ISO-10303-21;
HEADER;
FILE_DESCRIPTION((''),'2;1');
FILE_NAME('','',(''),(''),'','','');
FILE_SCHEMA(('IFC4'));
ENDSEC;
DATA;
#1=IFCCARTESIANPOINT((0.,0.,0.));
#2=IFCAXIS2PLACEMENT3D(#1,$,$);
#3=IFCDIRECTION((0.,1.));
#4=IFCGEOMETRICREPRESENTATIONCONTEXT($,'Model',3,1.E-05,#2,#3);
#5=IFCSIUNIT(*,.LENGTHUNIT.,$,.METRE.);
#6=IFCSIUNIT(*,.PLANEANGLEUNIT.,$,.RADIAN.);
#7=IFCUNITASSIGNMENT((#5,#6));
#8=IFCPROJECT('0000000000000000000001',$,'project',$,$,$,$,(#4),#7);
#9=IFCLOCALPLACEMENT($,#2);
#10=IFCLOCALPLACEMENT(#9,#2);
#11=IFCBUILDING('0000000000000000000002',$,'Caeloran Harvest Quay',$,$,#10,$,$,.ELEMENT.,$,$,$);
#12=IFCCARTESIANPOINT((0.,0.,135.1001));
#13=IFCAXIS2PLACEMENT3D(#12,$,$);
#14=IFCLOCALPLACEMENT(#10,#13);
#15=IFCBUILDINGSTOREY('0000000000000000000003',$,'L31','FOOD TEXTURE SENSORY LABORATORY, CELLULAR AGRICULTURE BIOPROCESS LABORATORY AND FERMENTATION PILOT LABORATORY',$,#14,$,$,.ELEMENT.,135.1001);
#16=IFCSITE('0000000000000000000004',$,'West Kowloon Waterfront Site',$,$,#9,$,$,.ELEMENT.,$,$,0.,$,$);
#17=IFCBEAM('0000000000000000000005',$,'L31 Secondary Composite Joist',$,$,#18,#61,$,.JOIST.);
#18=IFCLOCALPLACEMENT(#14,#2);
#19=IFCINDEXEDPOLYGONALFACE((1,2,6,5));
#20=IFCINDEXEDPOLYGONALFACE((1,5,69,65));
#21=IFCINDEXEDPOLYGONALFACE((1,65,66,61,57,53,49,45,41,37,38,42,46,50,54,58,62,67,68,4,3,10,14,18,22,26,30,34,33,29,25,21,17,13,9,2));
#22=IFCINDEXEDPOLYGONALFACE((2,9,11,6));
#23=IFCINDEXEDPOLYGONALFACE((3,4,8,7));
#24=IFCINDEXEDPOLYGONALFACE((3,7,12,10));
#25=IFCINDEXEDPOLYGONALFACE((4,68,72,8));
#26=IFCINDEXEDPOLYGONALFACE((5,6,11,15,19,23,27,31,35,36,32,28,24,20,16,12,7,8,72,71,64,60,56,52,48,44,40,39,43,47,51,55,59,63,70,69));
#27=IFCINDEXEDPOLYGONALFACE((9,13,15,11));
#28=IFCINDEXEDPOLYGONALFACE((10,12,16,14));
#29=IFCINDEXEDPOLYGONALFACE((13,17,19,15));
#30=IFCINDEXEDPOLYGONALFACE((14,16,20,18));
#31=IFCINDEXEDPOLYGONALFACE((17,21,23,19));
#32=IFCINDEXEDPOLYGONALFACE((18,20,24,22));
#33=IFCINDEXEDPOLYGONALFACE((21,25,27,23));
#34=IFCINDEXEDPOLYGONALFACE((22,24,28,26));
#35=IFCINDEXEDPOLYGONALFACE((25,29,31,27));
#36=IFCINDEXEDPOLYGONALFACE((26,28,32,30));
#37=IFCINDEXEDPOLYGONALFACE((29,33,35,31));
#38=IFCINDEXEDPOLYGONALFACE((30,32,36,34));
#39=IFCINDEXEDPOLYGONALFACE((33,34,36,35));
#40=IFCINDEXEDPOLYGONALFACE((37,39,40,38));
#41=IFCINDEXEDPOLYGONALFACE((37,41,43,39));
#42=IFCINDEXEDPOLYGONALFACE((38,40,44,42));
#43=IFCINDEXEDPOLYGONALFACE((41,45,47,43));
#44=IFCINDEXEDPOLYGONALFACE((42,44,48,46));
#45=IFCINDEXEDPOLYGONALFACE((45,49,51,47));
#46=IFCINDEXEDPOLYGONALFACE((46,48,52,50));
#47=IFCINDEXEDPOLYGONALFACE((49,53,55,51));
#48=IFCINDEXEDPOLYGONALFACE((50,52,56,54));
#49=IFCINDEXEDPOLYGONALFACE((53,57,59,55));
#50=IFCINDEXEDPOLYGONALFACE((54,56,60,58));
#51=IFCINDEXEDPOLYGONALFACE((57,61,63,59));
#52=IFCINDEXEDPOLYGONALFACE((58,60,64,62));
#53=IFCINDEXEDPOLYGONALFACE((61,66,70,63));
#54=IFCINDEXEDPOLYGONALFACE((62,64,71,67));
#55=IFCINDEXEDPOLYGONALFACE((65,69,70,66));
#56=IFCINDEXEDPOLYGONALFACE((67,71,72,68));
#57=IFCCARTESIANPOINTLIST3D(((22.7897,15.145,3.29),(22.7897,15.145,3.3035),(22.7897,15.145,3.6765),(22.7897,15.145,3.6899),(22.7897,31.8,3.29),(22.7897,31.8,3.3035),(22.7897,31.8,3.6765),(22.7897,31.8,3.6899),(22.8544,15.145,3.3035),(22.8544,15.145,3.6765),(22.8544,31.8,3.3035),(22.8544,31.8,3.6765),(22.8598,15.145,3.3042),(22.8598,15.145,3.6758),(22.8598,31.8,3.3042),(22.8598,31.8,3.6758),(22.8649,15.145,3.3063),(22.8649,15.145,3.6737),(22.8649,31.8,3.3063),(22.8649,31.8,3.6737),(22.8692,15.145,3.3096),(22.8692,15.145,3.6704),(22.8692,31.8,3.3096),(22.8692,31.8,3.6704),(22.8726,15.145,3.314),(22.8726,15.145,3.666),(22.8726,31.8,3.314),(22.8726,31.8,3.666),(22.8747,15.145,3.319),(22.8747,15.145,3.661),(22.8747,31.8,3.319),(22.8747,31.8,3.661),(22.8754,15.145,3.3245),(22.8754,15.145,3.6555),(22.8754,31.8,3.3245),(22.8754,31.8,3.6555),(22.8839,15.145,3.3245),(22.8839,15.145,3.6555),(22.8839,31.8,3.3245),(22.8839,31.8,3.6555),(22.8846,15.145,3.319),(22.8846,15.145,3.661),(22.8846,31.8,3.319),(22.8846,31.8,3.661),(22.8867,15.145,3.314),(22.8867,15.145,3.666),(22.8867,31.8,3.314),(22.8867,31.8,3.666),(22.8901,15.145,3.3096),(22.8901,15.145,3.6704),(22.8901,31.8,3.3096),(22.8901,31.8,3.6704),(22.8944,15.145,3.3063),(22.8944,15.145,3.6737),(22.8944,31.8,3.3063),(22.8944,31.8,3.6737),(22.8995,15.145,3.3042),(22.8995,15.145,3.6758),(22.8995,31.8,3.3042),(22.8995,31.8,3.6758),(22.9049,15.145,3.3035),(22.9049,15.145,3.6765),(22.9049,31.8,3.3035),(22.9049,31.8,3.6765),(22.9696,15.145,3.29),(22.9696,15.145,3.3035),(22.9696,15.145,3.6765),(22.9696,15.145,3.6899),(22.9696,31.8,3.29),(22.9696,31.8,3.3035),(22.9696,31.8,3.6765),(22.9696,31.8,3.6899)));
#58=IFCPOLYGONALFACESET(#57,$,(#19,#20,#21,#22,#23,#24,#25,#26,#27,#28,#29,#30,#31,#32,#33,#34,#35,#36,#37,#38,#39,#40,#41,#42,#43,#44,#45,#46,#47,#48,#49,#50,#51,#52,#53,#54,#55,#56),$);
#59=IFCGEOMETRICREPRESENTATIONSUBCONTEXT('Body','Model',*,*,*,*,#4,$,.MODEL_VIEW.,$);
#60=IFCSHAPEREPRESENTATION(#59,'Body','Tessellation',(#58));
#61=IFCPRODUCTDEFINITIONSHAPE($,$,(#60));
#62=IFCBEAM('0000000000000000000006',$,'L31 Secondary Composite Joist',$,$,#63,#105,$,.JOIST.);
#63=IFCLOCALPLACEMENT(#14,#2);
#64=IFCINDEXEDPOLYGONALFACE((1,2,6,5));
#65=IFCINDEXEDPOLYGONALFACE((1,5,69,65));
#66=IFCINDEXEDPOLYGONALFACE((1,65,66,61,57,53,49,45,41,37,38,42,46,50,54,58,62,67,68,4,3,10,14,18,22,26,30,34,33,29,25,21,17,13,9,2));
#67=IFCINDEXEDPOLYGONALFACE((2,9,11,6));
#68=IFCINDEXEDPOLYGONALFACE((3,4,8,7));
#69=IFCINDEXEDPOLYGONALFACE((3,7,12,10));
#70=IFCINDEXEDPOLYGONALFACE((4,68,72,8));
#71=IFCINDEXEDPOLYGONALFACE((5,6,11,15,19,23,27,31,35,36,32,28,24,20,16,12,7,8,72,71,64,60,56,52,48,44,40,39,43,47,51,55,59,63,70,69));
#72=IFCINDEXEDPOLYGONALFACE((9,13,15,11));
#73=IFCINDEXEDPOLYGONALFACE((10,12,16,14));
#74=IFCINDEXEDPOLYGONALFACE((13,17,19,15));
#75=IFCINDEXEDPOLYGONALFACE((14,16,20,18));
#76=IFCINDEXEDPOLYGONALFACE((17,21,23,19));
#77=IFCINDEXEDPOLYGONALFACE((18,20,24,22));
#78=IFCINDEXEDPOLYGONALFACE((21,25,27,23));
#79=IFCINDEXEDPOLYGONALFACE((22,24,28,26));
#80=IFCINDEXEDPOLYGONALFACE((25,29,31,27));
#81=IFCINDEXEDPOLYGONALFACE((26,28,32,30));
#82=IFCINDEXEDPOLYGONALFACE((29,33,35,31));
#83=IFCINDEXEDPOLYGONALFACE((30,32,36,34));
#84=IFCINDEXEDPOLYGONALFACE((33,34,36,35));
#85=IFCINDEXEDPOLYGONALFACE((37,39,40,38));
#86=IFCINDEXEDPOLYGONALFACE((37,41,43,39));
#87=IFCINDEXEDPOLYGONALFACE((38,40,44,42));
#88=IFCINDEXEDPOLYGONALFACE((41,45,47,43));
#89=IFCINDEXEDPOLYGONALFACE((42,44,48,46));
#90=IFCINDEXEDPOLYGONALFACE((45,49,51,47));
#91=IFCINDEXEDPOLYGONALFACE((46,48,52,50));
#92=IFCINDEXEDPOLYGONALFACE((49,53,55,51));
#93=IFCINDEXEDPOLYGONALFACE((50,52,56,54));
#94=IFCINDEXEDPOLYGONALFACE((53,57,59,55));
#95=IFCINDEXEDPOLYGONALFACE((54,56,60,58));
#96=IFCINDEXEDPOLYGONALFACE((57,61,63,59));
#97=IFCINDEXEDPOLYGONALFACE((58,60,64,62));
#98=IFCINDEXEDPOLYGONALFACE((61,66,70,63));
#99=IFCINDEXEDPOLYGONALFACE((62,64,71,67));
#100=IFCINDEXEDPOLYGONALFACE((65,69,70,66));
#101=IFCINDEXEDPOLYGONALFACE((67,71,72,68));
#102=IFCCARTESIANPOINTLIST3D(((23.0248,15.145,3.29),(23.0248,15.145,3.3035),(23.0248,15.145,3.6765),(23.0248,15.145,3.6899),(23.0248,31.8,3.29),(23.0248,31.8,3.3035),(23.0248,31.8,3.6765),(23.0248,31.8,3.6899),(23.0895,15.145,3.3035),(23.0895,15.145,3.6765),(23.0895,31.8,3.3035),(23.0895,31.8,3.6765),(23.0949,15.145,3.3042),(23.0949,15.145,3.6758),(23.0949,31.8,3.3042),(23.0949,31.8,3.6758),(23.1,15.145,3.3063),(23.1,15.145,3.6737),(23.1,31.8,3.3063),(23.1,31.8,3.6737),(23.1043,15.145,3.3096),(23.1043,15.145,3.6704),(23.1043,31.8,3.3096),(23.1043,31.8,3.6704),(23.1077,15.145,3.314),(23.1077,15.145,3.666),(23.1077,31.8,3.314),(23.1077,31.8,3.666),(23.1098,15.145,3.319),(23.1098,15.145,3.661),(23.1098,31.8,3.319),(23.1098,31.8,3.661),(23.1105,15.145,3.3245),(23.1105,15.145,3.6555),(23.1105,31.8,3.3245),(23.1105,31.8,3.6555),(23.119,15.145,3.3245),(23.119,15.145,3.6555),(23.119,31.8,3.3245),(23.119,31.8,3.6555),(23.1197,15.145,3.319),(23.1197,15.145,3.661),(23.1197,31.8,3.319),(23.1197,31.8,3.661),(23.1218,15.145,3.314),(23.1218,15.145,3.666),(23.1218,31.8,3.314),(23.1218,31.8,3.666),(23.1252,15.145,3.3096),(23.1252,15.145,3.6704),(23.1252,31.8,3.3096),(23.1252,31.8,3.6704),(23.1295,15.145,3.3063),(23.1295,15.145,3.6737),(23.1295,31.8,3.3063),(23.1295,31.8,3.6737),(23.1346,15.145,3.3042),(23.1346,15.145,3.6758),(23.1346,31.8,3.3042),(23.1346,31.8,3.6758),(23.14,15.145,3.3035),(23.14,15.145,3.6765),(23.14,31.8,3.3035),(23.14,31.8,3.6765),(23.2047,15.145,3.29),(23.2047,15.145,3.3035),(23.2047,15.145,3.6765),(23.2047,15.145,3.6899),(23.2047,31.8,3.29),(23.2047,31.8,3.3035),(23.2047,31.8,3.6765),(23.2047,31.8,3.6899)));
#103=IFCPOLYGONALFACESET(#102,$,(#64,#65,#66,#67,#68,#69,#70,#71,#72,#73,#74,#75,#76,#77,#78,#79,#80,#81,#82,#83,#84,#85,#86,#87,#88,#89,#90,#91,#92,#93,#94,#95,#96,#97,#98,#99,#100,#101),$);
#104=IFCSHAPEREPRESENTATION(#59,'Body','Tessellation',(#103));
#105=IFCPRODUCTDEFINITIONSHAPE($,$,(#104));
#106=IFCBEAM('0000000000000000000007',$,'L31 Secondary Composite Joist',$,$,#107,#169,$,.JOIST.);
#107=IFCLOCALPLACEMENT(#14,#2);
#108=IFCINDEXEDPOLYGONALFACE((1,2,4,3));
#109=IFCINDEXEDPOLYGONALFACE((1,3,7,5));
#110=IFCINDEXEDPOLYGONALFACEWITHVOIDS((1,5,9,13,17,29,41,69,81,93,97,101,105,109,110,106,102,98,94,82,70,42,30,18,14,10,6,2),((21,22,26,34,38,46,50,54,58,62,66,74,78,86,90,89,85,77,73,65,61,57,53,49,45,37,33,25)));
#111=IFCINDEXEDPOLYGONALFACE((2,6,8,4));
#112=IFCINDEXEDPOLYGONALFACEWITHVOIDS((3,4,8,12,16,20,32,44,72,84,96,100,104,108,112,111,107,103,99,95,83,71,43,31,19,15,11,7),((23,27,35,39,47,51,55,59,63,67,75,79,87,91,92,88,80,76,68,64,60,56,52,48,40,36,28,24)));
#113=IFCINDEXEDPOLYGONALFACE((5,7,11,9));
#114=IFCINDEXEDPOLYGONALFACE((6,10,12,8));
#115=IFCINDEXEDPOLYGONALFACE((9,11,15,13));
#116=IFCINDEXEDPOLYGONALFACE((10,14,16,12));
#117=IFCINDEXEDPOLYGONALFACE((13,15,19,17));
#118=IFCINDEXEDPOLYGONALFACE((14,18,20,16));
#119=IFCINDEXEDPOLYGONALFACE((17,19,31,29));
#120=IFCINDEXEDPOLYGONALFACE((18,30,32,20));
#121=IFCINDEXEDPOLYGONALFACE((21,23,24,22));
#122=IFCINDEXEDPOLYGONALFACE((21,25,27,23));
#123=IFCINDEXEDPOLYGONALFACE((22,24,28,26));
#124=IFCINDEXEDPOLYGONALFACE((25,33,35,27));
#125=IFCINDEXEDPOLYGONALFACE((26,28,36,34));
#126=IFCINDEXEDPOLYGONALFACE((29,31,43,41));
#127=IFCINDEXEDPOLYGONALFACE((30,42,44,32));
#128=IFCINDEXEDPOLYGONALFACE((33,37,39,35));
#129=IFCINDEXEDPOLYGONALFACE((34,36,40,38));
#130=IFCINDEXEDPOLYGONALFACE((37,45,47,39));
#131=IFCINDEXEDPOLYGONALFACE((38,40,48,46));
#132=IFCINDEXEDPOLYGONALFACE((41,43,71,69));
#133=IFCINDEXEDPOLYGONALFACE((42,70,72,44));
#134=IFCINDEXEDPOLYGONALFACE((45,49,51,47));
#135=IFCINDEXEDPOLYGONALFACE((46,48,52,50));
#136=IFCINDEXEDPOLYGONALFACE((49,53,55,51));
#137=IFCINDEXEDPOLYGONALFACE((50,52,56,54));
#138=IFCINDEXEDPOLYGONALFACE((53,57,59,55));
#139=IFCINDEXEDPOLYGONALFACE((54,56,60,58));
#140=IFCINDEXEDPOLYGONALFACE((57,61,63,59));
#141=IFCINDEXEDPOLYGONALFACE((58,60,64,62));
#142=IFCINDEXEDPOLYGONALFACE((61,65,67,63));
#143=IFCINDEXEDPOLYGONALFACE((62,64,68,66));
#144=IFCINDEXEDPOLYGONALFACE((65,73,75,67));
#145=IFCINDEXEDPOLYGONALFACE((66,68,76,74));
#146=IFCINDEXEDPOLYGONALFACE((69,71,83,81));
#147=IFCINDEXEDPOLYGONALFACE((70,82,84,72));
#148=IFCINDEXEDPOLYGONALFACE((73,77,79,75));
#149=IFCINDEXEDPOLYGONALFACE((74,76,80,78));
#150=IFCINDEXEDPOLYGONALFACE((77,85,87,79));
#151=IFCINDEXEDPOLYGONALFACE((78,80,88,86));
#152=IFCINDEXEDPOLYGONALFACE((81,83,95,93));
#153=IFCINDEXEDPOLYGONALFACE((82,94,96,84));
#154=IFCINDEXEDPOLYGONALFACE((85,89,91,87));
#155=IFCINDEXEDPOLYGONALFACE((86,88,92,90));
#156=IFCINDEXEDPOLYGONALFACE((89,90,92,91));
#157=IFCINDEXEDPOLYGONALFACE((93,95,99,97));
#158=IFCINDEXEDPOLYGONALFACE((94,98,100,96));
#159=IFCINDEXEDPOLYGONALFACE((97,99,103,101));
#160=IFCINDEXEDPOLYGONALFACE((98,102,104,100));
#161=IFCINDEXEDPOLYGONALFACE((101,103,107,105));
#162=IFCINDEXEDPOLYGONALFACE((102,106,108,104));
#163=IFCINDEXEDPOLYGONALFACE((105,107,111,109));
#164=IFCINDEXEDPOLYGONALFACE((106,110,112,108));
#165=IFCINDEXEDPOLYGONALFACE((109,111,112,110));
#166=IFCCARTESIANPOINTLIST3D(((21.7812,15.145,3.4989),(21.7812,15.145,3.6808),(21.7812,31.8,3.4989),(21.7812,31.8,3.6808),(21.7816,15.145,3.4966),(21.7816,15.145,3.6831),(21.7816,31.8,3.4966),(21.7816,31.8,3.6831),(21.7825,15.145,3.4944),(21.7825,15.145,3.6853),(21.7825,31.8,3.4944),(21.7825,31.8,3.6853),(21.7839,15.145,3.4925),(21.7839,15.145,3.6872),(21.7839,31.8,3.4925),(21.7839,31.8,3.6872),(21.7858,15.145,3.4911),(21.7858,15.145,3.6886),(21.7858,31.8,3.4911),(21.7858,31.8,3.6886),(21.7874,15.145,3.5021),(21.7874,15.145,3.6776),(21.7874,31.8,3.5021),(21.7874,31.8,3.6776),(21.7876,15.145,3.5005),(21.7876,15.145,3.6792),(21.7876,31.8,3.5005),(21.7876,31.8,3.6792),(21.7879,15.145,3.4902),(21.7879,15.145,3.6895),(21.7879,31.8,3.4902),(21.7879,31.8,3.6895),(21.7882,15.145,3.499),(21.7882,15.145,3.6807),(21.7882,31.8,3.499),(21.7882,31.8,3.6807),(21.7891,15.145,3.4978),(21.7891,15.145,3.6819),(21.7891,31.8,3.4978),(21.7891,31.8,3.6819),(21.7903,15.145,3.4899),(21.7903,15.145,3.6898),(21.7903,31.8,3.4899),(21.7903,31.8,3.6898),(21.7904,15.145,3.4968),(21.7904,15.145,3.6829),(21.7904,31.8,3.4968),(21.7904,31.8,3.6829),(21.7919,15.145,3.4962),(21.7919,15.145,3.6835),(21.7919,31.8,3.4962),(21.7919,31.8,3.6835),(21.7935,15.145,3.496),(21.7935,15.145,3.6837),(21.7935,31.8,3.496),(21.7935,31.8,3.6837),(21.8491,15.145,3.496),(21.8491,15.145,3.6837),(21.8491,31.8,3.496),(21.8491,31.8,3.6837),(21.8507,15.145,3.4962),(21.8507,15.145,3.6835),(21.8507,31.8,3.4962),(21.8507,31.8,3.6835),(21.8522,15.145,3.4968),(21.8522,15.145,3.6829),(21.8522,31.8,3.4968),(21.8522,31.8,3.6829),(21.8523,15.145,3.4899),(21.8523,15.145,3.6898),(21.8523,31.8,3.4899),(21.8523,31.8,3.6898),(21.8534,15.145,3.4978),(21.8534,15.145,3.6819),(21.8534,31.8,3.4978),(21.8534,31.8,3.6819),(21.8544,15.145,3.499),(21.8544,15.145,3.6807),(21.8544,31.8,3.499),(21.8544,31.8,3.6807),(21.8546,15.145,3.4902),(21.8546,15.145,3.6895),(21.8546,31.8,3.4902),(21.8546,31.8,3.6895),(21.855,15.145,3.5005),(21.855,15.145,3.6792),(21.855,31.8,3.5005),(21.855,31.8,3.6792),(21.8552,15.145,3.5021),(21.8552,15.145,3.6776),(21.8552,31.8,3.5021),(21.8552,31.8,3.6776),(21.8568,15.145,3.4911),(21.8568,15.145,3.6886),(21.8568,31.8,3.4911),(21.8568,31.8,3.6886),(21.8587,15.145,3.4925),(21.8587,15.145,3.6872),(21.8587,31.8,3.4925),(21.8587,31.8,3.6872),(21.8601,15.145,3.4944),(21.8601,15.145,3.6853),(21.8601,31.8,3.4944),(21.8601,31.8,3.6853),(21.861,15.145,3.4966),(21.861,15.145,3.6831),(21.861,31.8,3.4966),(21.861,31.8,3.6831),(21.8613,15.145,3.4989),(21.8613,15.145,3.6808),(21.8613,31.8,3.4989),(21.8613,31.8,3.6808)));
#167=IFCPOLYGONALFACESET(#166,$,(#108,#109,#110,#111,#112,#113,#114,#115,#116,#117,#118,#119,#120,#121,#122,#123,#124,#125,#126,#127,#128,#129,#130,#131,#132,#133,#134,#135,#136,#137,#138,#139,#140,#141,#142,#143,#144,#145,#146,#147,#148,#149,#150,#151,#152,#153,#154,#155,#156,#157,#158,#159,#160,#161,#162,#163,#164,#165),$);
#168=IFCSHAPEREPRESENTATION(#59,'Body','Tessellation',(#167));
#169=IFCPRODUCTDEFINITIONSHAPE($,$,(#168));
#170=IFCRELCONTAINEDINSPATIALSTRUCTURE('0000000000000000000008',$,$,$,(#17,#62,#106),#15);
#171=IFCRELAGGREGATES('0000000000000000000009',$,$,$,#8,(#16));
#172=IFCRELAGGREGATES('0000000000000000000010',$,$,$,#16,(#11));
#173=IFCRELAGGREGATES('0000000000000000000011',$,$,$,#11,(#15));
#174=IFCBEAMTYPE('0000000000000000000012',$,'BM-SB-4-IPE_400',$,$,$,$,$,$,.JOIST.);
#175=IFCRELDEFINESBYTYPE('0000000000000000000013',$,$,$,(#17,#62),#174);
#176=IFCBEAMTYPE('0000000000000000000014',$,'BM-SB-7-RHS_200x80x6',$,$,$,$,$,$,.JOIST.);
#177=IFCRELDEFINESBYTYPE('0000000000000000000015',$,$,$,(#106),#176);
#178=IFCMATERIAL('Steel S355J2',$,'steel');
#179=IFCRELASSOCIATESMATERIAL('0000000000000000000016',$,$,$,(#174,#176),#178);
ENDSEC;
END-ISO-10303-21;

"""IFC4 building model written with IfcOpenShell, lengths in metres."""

from ifc_helpers import new_model, si_unit, direction, frame, origin, origin_2d, place, context, subcontext, project, spatial, hollow_rectangle, i_section, extrude, material, material_profile, profile_set, type_object, element, save


model = new_model("IFC4")

# Units and contexts
model_context = context("Model", 3, precision=1e-05, world=origin(), true_north=direction((0.0, 1.0)))
body_context = subcontext(model_context, "Body", "Model", "MODEL_VIEW")
ifc_project = project(units=[si_unit("LENGTHUNIT", "METRE"), si_unit("PLANEANGLEUNIT", "RADIAN")], contexts=[model_context])

# Site, building, storey
site_placement = place(None, origin())
site = spatial("IfcSite", under=ifc_project, at=site_placement, Name="West Kowloon Waterfront Site", CompositionType="ELEMENT", RefElevation=0.0)
building_placement = place(site_placement, origin())
building = spatial("IfcBuilding", under=site, at=building_placement, Name="Caeloran Harvest Quay", CompositionType="ELEMENT")
storey_placement = place(building_placement, frame((0.0, 0.0, 135.1001)))
storey = spatial("IfcBuildingStorey", under=building, at=storey_placement, Name="L31", Description="FOOD TEXTURE SENSORY LABORATORY, CELLULAR AGRICULTURE BIOPROCESS LABORATORY AND FERMENTATION PILOT LABORATORY", CompositionType="ELEMENT", Elevation=135.1001)

# Beams
ifc_material_1 = material(Name="Steel S355J2", Category="steel")
ifc_material_profile_1 = material_profile(ifc_material_1, i_section(OverallWidth=0.1799, OverallDepth=0.3999, WebThickness=0.0085, FlangeThickness=0.0134, FilletRadius=0.021, at=origin_2d()), Name="IPE 400")
ifc_profile_set_1 = profile_set([ifc_material_profile_1], Name="Steel S355J2")
beam_type_1 = type_object("IfcBeamType", Name="BM-SB-4-IPE_400", PredefinedType="JOIST", material=ifc_profile_set_1)
for number, where, z_axis, x_axis, name in (
    (1, (22.8796, 15.145, 3.49), (0.0, 1.0, 0.0), (-1.0, 0.0, 0.0), "L31 Secondary Composite Joist"),
    (2, (23.1147, 15.145, 3.49), (0.0, 1.0, 0.0), (-1.0, 0.0, 0.0), "L31 Secondary Composite Joist"),
):
    element("IfcBeam", number, at=place(storey_placement, frame(where, z_axis=z_axis, x_axis=x_axis)), inside=storey, type_object=beam_type_1, Name=name, PredefinedType="JOIST", context=body_context, shape_type="SweptSolid", body=[
        extrude(i_section(OverallWidth=0.1799, OverallDepth=0.3999, WebThickness=0.0085, FlangeThickness=0.0134, FilletRadius=0.021, at=origin_2d()), origin(), (0.0, 0.0, 1.0), 16.655),
    ])
ifc_material_profile_2 = material_profile(ifc_material_1, hollow_rectangle(XDim=0.0801, YDim=0.2, WallThickness=0.0061, InnerFilletRadius=0.0061, OuterFilletRadius=0.009, at=origin_2d()), Name="RHS 200x80x6")
ifc_profile_set_2 = profile_set([ifc_material_profile_2], Name="Steel S355J2")
beam_type_2 = type_object("IfcBeamType", Name="BM-SB-7-RHS_200x80x6", PredefinedType="JOIST", material=ifc_profile_set_2)
for number, where, z_axis, x_axis, name in (
    (3, (21.8213, 15.145, 3.5898), (0.0, 1.0, 0.0), (-1.0, 0.0, 0.0), "L31 Secondary Composite Joist"),
):
    element("IfcBeam", number, at=place(storey_placement, frame(where, z_axis=z_axis, x_axis=x_axis)), inside=storey, type_object=beam_type_2, Name=name, PredefinedType="JOIST", context=body_context, shape_type="SweptSolid", body=[
        extrude(hollow_rectangle(XDim=0.0801, YDim=0.2, WallThickness=0.0061, InnerFilletRadius=0.0061, OuterFilletRadius=0.009, at=origin_2d()), origin(), (0.0, 0.0, 1.0), 16.655),
    ])

save(model, "model.ifc")
